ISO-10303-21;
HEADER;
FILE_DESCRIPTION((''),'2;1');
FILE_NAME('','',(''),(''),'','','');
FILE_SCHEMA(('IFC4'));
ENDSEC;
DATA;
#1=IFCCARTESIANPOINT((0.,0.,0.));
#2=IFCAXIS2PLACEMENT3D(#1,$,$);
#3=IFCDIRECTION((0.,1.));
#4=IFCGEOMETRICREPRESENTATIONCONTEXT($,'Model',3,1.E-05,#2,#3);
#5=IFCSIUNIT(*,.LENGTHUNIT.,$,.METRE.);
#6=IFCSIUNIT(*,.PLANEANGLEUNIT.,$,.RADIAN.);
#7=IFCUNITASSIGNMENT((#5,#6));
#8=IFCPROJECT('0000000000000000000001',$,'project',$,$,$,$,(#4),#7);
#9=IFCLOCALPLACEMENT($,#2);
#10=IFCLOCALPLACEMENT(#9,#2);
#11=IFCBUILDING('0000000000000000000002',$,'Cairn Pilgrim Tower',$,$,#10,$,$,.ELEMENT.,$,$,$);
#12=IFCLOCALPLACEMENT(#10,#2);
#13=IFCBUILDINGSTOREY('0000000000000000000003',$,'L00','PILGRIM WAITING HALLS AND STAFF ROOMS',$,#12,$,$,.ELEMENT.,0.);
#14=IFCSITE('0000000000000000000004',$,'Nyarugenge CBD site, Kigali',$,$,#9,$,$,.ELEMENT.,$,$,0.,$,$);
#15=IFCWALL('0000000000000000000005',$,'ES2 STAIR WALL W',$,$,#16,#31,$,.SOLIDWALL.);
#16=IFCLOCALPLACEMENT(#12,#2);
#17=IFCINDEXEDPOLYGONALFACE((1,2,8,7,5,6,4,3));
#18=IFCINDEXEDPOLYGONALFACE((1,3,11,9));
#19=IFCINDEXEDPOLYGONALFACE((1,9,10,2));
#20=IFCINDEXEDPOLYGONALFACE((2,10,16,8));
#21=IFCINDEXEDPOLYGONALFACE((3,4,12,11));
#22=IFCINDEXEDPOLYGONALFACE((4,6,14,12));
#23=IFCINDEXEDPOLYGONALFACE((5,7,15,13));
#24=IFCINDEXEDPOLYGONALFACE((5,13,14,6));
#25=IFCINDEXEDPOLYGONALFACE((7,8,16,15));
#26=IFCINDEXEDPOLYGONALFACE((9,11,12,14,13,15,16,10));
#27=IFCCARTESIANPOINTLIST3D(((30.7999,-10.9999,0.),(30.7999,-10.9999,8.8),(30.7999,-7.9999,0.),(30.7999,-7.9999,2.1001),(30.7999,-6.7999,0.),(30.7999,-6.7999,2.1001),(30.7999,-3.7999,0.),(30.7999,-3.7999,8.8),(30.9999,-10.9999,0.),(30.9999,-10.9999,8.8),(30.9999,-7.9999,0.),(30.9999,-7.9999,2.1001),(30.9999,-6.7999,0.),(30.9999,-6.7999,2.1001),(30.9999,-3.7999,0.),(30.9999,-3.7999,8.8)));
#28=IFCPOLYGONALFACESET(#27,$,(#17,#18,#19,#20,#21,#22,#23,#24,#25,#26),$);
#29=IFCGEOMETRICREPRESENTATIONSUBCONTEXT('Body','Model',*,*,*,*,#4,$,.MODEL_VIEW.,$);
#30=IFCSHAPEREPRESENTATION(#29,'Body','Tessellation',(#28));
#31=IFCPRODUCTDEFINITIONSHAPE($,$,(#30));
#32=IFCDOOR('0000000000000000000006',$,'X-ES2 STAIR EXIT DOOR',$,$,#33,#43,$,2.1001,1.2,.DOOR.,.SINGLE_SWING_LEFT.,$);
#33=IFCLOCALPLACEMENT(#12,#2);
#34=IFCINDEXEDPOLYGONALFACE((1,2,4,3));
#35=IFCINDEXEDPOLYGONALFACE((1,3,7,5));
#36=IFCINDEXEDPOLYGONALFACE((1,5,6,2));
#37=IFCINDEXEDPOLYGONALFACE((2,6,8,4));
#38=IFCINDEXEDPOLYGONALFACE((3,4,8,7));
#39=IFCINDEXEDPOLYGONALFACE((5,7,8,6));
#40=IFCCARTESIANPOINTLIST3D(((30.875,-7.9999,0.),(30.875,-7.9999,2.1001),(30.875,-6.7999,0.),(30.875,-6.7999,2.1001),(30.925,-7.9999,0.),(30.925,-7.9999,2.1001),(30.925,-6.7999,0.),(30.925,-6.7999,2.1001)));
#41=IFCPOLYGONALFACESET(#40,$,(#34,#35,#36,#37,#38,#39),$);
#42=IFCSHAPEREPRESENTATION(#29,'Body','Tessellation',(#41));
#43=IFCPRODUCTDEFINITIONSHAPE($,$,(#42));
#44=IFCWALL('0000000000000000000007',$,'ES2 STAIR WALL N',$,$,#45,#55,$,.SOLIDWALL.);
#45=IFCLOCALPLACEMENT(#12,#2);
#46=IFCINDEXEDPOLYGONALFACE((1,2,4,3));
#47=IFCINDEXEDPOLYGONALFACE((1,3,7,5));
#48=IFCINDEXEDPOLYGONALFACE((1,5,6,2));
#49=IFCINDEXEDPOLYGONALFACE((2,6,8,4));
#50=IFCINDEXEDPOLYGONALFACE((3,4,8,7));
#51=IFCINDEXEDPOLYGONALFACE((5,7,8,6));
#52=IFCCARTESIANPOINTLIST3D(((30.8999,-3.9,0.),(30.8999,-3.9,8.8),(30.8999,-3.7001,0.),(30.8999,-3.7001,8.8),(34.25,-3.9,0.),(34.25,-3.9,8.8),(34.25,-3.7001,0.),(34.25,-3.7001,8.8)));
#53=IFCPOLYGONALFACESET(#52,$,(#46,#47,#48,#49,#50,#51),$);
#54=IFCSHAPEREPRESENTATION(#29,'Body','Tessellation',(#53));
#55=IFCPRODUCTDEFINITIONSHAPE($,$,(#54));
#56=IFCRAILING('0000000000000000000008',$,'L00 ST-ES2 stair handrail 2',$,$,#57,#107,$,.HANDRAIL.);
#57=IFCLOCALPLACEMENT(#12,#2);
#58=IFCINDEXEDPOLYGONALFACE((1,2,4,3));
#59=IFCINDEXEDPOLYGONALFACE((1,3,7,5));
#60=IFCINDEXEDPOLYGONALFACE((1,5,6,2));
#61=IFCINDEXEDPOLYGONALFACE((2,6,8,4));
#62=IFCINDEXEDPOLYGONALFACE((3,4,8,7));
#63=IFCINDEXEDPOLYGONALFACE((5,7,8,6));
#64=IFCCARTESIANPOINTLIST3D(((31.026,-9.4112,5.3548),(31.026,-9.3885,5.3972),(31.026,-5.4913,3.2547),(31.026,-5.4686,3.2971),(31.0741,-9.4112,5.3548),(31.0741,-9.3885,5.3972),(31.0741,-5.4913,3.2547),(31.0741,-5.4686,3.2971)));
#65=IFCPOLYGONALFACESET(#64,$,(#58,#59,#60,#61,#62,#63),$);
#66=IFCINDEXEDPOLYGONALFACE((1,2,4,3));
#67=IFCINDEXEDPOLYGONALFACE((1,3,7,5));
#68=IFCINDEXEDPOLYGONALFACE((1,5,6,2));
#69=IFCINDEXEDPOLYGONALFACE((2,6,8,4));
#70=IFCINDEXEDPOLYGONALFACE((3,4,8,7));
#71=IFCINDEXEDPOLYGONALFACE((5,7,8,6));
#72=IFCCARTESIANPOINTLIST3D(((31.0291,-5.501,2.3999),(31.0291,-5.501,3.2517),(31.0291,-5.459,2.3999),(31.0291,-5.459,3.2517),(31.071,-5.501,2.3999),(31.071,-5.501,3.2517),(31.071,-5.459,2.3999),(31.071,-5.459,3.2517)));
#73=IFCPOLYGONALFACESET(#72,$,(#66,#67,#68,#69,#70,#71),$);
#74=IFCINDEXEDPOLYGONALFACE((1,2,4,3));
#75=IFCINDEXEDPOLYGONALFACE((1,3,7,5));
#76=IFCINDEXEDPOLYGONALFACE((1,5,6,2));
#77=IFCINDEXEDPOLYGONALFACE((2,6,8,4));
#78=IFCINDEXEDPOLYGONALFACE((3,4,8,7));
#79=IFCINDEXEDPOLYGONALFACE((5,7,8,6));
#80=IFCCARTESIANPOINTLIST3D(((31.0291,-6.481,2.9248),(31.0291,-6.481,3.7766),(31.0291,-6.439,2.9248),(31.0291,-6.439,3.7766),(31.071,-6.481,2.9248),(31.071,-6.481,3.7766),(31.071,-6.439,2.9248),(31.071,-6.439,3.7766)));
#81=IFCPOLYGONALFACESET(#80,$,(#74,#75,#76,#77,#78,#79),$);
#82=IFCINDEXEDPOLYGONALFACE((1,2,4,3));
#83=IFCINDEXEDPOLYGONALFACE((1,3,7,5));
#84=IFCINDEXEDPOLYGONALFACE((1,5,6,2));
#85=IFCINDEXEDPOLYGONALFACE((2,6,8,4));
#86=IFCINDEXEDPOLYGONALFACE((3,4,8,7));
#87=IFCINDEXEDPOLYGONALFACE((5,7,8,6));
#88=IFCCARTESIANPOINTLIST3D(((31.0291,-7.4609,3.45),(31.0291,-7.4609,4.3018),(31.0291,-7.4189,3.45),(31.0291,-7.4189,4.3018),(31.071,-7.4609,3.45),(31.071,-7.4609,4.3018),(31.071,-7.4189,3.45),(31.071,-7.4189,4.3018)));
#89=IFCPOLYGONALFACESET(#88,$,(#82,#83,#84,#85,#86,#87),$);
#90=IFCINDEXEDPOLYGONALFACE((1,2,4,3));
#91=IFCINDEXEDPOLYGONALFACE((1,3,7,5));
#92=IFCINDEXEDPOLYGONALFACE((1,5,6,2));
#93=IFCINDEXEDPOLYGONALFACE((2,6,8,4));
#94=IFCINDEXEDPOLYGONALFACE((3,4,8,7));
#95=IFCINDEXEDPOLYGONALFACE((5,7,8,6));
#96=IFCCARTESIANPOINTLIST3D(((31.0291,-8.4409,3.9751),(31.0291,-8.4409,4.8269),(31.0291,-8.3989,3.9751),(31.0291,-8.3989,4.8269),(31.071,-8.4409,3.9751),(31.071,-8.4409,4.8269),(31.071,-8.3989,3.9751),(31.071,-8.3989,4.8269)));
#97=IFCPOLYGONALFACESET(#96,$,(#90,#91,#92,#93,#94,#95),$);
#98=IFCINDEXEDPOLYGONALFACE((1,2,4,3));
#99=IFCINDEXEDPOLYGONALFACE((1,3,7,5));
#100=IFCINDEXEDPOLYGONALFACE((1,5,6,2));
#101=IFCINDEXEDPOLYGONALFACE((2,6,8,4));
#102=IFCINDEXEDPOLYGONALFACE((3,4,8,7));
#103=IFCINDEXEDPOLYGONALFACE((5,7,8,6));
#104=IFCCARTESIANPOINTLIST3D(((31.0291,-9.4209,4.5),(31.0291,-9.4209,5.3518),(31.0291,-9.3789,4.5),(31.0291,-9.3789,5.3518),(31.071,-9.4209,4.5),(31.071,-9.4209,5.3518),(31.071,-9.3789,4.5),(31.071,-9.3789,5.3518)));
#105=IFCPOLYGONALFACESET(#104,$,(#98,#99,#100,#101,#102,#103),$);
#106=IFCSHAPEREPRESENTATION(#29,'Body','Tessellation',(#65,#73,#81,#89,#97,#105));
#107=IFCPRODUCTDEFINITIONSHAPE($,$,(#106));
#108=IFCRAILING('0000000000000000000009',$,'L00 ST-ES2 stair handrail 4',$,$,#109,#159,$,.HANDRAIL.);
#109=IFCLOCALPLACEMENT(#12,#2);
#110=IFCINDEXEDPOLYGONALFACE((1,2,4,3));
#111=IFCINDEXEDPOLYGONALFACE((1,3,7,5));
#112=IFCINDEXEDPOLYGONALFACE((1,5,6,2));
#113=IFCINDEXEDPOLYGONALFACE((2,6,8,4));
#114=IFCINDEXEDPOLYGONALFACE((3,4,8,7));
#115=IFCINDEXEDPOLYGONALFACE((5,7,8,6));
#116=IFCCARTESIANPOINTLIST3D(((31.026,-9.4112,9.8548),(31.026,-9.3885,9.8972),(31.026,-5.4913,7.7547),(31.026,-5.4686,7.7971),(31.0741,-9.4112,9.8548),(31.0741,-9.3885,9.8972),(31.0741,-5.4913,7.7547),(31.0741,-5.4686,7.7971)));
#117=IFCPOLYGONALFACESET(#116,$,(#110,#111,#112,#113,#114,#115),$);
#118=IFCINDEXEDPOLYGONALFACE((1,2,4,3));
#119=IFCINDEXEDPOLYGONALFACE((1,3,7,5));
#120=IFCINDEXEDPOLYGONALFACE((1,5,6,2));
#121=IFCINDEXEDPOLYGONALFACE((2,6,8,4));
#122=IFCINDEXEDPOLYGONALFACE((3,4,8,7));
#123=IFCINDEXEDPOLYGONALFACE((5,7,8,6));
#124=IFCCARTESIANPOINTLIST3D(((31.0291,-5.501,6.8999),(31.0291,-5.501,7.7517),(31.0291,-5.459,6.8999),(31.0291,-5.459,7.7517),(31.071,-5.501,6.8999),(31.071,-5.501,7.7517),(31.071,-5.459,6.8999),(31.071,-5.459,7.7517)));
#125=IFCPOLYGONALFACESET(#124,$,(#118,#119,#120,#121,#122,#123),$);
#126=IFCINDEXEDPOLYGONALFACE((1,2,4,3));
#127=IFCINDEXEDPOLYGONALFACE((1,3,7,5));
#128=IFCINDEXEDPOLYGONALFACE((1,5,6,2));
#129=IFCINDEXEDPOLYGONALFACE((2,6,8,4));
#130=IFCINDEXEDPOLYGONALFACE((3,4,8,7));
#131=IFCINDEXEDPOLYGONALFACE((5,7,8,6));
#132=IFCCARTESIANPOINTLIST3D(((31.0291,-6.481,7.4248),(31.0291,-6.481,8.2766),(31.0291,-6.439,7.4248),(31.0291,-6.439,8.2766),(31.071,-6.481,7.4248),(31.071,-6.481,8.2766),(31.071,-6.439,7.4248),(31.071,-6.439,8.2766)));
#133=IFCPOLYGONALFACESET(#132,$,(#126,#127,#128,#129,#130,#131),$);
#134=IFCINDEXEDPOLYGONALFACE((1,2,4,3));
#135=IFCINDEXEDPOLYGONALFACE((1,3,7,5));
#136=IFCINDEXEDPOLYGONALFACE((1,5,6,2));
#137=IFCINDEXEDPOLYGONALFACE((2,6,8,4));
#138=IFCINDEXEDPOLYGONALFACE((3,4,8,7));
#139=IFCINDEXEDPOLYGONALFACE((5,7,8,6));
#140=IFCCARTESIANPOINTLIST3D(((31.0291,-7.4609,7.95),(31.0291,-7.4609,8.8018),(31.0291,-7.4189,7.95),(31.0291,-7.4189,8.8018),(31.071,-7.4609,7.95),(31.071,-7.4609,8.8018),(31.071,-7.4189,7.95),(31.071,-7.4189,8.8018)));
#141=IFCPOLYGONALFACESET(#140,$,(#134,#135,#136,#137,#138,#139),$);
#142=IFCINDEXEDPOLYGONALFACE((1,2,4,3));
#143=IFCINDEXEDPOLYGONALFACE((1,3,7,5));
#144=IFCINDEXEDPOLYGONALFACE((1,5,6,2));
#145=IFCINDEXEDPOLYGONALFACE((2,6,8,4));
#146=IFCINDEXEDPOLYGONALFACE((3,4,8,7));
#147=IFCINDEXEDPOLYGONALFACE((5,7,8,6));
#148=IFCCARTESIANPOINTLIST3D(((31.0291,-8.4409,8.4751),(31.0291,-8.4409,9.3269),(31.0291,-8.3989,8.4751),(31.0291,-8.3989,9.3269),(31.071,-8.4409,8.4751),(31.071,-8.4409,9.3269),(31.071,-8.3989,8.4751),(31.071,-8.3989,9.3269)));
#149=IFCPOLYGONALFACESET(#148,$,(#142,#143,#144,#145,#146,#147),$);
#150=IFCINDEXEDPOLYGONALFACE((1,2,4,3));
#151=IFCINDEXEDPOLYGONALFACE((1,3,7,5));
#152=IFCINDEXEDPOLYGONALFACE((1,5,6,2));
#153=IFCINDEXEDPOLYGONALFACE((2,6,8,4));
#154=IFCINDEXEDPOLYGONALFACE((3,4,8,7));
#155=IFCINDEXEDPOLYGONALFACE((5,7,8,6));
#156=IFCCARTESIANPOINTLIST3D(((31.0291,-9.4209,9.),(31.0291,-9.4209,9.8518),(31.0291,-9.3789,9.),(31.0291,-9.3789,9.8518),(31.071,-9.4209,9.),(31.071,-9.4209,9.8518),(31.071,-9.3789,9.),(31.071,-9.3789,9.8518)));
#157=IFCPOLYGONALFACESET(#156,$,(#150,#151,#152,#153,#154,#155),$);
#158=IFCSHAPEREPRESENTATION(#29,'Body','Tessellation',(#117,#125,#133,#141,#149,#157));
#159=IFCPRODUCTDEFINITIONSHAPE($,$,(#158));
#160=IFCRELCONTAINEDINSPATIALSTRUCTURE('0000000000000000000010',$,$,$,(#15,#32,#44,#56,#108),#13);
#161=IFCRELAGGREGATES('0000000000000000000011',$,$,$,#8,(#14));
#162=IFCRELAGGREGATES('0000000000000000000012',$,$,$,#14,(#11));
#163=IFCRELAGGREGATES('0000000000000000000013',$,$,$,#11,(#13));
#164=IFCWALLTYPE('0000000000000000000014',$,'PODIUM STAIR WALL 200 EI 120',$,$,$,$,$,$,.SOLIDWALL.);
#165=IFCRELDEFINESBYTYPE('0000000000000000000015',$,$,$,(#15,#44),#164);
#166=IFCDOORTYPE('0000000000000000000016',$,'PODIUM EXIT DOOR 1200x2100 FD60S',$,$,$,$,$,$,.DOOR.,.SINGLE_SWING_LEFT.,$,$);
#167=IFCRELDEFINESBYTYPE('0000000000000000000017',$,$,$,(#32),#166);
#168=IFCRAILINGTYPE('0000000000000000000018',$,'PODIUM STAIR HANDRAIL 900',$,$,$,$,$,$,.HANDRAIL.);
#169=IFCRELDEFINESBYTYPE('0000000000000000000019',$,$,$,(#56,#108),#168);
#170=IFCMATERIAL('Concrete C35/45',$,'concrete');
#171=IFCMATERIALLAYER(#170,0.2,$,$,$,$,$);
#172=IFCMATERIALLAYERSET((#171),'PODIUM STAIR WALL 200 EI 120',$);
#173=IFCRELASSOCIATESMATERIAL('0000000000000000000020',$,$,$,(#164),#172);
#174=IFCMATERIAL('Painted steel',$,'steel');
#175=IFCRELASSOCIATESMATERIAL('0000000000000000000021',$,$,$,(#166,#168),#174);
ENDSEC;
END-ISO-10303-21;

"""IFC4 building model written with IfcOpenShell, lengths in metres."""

from ifc_helpers import new_model, si_unit, direction, frame, frame_2d, origin, origin_2d, place, context, subcontext, project, spatial, rectangle, extrude, material, layer, layer_set, type_object, element, fill, save


model = new_model("IFC4")

# Units and contexts
model_context = context("Model", 3, precision=1e-05, world=origin(), true_north=direction((0.0, 1.0)))
body_context = subcontext(model_context, "Body", "Model", "MODEL_VIEW")
ifc_project = project(units=[si_unit("LENGTHUNIT", "METRE"), si_unit("PLANEANGLEUNIT", "RADIAN")], contexts=[model_context])

# Site, building, storey
site_placement = place(None, origin())
site = spatial("IfcSite", under=ifc_project, at=site_placement, Name="Nyarugenge CBD site, Kigali", CompositionType="ELEMENT", RefElevation=0.0)
building_placement = place(site_placement, origin())
building = spatial("IfcBuilding", under=site, at=building_placement, Name="Cairn Pilgrim Tower", CompositionType="ELEMENT")
storey_placement = place(building_placement, origin())
storey = spatial("IfcBuildingStorey", under=building, at=storey_placement, Name="L00", Description="PILGRIM WAITING HALLS AND STAFF ROOMS", CompositionType="ELEMENT", Elevation=0.0)

# Shared definitions
ifc_material_1 = material(Name="Concrete C35/45", Category="concrete")

# Wall, opening, door
ifc_layer_1 = layer(ifc_material_1, 0.2)
ifc_layer_set_1 = layer_set([ifc_layer_1], Name="PODIUM STAIR WALL 200 EI 120")
wall_type_1 = type_object("IfcWallType", Name="PODIUM STAIR WALL 200 EI 120", PredefinedType="SOLIDWALL", material=ifc_layer_set_1)
wall_1_placement = place(storey_placement, frame((30.8999, -11.0, 0.0), z_axis=(0.0, 0.0, 1.0), x_axis=(0.0, 1.0, 0.0)))
wall_1 = element("IfcWall", 1, at=wall_1_placement, inside=storey, type_object=wall_type_1, Name="ES2 STAIR WALL W", PredefinedType="SOLIDWALL", context=body_context, shape_type="SweptSolid", body=[
    extrude(rectangle(XDim=7.2, YDim=0.2, at=frame_2d((3.6001, 0.0))), origin(), (0.0, 0.0, 1.0), 8.8),
])
opening_1_placement = place(wall_1_placement, frame((3.0, 0.0, 0.0)))
opening_1 = element("IfcOpeningElement", 2, at=opening_1_placement, cuts=wall_1, PredefinedType="OPENING", context=body_context, shape_type="SweptSolid", body=[
    extrude(rectangle(XDim=1.2, YDim=2.1001, at=frame_2d((0.6001, 1.05))), frame((0.0, 0.1099, 0.0), z_axis=(0.0, -1.0, 0.0), x_axis=(1.0, 0.0, 0.0)), (0.0, 0.0, 1.0), 0.22),
])
ifc_material_2 = material(Name="Painted steel", Category="steel")
door_type_1 = type_object("IfcDoorType", Name="PODIUM EXIT DOOR 1200x2100 FD60S", OperationType="SINGLE_SWING_LEFT", PredefinedType="DOOR", material=ifc_material_2)
door_1_placement = place(opening_1_placement, origin())
door_1 = element("IfcDoor", 3, at=door_1_placement, inside=storey, type_object=door_type_1, Name="X-ES2 STAIR EXIT DOOR", OperationType="SINGLE_SWING_LEFT", OverallHeight=2.1001, OverallWidth=1.2, PredefinedType="DOOR", context=body_context, shape_type="SweptSolid", body=[
    extrude(rectangle(XDim=1.2, YDim=2.1001, at=frame_2d((0.6001, 1.05))), frame((0.0, 0.0249, 0.0), z_axis=(0.0, -1.0, 0.0), x_axis=(1.0, 0.0, 0.0)), (0.0, 0.0, 1.0), 0.05),
])
fill(opening_1, door_1)

# Wall
wall_2_placement = place(storey_placement, frame((30.8999, -3.8, 0.0), z_axis=(0.0, 0.0, 1.0), x_axis=(1.0, 0.0, 0.0)))
element("IfcWall", 4, at=wall_2_placement, inside=storey, type_object=wall_type_1, Name="ES2 STAIR WALL N", PredefinedType="SOLIDWALL", context=body_context, shape_type="SweptSolid", body=[
    extrude(rectangle(XDim=3.3501, YDim=0.2, at=frame_2d((1.675, 0.0))), origin(), (0.0, 0.0, 1.0), 8.8),
])

# Railings
railing_type = type_object("IfcRailingType", Name="PODIUM STAIR HANDRAIL 900", PredefinedType="HANDRAIL", material=ifc_material_2)
for number, where, name in (
    (5, (31.05, -5.48, 2.3999), "L00 ST-ES2 stair handrail 2"),
    (6, (31.05, -5.48, 6.8999), "L00 ST-ES2 stair handrail 4"),
):
    element("IfcRailing", number, at=place(storey_placement, frame(where)), inside=storey, type_object=railing_type, Name=name, PredefinedType="HANDRAIL", context=body_context, shape_type="SweptSolid", body=[
        extrude(rectangle(XDim=0.0481, YDim=0.0481, at=origin_2d()), frame((0.0, 0.0, 0.876), z_axis=(0.0, -0.881467, 0.472246), x_axis=(1.0, 0.0, 0.0)), (0.0, 0.0, 1.0), 4.447),
        extrude(rectangle(XDim=0.042, YDim=0.042, at=origin_2d()), origin(), (0.0, 0.0, 1.0), 0.8518),
        extrude(rectangle(XDim=0.042, YDim=0.042, at=origin_2d()), frame((0.0, -0.98, 0.5249)), (0.0, 0.0, 1.0), 0.8518),
        extrude(rectangle(XDim=0.042, YDim=0.042, at=origin_2d()), frame((0.0, -1.96, 1.05)), (0.0, 0.0, 1.0), 0.8518),
        extrude(rectangle(XDim=0.042, YDim=0.042, at=origin_2d()), frame((0.0, -2.9399, 1.5752)), (0.0, 0.0, 1.0), 0.8518),
        extrude(rectangle(XDim=0.042, YDim=0.042, at=origin_2d()), frame((0.0, -3.9199, 2.1001)), (0.0, 0.0, 1.0), 0.8518),
    ])

save(model, "model.ifc")
